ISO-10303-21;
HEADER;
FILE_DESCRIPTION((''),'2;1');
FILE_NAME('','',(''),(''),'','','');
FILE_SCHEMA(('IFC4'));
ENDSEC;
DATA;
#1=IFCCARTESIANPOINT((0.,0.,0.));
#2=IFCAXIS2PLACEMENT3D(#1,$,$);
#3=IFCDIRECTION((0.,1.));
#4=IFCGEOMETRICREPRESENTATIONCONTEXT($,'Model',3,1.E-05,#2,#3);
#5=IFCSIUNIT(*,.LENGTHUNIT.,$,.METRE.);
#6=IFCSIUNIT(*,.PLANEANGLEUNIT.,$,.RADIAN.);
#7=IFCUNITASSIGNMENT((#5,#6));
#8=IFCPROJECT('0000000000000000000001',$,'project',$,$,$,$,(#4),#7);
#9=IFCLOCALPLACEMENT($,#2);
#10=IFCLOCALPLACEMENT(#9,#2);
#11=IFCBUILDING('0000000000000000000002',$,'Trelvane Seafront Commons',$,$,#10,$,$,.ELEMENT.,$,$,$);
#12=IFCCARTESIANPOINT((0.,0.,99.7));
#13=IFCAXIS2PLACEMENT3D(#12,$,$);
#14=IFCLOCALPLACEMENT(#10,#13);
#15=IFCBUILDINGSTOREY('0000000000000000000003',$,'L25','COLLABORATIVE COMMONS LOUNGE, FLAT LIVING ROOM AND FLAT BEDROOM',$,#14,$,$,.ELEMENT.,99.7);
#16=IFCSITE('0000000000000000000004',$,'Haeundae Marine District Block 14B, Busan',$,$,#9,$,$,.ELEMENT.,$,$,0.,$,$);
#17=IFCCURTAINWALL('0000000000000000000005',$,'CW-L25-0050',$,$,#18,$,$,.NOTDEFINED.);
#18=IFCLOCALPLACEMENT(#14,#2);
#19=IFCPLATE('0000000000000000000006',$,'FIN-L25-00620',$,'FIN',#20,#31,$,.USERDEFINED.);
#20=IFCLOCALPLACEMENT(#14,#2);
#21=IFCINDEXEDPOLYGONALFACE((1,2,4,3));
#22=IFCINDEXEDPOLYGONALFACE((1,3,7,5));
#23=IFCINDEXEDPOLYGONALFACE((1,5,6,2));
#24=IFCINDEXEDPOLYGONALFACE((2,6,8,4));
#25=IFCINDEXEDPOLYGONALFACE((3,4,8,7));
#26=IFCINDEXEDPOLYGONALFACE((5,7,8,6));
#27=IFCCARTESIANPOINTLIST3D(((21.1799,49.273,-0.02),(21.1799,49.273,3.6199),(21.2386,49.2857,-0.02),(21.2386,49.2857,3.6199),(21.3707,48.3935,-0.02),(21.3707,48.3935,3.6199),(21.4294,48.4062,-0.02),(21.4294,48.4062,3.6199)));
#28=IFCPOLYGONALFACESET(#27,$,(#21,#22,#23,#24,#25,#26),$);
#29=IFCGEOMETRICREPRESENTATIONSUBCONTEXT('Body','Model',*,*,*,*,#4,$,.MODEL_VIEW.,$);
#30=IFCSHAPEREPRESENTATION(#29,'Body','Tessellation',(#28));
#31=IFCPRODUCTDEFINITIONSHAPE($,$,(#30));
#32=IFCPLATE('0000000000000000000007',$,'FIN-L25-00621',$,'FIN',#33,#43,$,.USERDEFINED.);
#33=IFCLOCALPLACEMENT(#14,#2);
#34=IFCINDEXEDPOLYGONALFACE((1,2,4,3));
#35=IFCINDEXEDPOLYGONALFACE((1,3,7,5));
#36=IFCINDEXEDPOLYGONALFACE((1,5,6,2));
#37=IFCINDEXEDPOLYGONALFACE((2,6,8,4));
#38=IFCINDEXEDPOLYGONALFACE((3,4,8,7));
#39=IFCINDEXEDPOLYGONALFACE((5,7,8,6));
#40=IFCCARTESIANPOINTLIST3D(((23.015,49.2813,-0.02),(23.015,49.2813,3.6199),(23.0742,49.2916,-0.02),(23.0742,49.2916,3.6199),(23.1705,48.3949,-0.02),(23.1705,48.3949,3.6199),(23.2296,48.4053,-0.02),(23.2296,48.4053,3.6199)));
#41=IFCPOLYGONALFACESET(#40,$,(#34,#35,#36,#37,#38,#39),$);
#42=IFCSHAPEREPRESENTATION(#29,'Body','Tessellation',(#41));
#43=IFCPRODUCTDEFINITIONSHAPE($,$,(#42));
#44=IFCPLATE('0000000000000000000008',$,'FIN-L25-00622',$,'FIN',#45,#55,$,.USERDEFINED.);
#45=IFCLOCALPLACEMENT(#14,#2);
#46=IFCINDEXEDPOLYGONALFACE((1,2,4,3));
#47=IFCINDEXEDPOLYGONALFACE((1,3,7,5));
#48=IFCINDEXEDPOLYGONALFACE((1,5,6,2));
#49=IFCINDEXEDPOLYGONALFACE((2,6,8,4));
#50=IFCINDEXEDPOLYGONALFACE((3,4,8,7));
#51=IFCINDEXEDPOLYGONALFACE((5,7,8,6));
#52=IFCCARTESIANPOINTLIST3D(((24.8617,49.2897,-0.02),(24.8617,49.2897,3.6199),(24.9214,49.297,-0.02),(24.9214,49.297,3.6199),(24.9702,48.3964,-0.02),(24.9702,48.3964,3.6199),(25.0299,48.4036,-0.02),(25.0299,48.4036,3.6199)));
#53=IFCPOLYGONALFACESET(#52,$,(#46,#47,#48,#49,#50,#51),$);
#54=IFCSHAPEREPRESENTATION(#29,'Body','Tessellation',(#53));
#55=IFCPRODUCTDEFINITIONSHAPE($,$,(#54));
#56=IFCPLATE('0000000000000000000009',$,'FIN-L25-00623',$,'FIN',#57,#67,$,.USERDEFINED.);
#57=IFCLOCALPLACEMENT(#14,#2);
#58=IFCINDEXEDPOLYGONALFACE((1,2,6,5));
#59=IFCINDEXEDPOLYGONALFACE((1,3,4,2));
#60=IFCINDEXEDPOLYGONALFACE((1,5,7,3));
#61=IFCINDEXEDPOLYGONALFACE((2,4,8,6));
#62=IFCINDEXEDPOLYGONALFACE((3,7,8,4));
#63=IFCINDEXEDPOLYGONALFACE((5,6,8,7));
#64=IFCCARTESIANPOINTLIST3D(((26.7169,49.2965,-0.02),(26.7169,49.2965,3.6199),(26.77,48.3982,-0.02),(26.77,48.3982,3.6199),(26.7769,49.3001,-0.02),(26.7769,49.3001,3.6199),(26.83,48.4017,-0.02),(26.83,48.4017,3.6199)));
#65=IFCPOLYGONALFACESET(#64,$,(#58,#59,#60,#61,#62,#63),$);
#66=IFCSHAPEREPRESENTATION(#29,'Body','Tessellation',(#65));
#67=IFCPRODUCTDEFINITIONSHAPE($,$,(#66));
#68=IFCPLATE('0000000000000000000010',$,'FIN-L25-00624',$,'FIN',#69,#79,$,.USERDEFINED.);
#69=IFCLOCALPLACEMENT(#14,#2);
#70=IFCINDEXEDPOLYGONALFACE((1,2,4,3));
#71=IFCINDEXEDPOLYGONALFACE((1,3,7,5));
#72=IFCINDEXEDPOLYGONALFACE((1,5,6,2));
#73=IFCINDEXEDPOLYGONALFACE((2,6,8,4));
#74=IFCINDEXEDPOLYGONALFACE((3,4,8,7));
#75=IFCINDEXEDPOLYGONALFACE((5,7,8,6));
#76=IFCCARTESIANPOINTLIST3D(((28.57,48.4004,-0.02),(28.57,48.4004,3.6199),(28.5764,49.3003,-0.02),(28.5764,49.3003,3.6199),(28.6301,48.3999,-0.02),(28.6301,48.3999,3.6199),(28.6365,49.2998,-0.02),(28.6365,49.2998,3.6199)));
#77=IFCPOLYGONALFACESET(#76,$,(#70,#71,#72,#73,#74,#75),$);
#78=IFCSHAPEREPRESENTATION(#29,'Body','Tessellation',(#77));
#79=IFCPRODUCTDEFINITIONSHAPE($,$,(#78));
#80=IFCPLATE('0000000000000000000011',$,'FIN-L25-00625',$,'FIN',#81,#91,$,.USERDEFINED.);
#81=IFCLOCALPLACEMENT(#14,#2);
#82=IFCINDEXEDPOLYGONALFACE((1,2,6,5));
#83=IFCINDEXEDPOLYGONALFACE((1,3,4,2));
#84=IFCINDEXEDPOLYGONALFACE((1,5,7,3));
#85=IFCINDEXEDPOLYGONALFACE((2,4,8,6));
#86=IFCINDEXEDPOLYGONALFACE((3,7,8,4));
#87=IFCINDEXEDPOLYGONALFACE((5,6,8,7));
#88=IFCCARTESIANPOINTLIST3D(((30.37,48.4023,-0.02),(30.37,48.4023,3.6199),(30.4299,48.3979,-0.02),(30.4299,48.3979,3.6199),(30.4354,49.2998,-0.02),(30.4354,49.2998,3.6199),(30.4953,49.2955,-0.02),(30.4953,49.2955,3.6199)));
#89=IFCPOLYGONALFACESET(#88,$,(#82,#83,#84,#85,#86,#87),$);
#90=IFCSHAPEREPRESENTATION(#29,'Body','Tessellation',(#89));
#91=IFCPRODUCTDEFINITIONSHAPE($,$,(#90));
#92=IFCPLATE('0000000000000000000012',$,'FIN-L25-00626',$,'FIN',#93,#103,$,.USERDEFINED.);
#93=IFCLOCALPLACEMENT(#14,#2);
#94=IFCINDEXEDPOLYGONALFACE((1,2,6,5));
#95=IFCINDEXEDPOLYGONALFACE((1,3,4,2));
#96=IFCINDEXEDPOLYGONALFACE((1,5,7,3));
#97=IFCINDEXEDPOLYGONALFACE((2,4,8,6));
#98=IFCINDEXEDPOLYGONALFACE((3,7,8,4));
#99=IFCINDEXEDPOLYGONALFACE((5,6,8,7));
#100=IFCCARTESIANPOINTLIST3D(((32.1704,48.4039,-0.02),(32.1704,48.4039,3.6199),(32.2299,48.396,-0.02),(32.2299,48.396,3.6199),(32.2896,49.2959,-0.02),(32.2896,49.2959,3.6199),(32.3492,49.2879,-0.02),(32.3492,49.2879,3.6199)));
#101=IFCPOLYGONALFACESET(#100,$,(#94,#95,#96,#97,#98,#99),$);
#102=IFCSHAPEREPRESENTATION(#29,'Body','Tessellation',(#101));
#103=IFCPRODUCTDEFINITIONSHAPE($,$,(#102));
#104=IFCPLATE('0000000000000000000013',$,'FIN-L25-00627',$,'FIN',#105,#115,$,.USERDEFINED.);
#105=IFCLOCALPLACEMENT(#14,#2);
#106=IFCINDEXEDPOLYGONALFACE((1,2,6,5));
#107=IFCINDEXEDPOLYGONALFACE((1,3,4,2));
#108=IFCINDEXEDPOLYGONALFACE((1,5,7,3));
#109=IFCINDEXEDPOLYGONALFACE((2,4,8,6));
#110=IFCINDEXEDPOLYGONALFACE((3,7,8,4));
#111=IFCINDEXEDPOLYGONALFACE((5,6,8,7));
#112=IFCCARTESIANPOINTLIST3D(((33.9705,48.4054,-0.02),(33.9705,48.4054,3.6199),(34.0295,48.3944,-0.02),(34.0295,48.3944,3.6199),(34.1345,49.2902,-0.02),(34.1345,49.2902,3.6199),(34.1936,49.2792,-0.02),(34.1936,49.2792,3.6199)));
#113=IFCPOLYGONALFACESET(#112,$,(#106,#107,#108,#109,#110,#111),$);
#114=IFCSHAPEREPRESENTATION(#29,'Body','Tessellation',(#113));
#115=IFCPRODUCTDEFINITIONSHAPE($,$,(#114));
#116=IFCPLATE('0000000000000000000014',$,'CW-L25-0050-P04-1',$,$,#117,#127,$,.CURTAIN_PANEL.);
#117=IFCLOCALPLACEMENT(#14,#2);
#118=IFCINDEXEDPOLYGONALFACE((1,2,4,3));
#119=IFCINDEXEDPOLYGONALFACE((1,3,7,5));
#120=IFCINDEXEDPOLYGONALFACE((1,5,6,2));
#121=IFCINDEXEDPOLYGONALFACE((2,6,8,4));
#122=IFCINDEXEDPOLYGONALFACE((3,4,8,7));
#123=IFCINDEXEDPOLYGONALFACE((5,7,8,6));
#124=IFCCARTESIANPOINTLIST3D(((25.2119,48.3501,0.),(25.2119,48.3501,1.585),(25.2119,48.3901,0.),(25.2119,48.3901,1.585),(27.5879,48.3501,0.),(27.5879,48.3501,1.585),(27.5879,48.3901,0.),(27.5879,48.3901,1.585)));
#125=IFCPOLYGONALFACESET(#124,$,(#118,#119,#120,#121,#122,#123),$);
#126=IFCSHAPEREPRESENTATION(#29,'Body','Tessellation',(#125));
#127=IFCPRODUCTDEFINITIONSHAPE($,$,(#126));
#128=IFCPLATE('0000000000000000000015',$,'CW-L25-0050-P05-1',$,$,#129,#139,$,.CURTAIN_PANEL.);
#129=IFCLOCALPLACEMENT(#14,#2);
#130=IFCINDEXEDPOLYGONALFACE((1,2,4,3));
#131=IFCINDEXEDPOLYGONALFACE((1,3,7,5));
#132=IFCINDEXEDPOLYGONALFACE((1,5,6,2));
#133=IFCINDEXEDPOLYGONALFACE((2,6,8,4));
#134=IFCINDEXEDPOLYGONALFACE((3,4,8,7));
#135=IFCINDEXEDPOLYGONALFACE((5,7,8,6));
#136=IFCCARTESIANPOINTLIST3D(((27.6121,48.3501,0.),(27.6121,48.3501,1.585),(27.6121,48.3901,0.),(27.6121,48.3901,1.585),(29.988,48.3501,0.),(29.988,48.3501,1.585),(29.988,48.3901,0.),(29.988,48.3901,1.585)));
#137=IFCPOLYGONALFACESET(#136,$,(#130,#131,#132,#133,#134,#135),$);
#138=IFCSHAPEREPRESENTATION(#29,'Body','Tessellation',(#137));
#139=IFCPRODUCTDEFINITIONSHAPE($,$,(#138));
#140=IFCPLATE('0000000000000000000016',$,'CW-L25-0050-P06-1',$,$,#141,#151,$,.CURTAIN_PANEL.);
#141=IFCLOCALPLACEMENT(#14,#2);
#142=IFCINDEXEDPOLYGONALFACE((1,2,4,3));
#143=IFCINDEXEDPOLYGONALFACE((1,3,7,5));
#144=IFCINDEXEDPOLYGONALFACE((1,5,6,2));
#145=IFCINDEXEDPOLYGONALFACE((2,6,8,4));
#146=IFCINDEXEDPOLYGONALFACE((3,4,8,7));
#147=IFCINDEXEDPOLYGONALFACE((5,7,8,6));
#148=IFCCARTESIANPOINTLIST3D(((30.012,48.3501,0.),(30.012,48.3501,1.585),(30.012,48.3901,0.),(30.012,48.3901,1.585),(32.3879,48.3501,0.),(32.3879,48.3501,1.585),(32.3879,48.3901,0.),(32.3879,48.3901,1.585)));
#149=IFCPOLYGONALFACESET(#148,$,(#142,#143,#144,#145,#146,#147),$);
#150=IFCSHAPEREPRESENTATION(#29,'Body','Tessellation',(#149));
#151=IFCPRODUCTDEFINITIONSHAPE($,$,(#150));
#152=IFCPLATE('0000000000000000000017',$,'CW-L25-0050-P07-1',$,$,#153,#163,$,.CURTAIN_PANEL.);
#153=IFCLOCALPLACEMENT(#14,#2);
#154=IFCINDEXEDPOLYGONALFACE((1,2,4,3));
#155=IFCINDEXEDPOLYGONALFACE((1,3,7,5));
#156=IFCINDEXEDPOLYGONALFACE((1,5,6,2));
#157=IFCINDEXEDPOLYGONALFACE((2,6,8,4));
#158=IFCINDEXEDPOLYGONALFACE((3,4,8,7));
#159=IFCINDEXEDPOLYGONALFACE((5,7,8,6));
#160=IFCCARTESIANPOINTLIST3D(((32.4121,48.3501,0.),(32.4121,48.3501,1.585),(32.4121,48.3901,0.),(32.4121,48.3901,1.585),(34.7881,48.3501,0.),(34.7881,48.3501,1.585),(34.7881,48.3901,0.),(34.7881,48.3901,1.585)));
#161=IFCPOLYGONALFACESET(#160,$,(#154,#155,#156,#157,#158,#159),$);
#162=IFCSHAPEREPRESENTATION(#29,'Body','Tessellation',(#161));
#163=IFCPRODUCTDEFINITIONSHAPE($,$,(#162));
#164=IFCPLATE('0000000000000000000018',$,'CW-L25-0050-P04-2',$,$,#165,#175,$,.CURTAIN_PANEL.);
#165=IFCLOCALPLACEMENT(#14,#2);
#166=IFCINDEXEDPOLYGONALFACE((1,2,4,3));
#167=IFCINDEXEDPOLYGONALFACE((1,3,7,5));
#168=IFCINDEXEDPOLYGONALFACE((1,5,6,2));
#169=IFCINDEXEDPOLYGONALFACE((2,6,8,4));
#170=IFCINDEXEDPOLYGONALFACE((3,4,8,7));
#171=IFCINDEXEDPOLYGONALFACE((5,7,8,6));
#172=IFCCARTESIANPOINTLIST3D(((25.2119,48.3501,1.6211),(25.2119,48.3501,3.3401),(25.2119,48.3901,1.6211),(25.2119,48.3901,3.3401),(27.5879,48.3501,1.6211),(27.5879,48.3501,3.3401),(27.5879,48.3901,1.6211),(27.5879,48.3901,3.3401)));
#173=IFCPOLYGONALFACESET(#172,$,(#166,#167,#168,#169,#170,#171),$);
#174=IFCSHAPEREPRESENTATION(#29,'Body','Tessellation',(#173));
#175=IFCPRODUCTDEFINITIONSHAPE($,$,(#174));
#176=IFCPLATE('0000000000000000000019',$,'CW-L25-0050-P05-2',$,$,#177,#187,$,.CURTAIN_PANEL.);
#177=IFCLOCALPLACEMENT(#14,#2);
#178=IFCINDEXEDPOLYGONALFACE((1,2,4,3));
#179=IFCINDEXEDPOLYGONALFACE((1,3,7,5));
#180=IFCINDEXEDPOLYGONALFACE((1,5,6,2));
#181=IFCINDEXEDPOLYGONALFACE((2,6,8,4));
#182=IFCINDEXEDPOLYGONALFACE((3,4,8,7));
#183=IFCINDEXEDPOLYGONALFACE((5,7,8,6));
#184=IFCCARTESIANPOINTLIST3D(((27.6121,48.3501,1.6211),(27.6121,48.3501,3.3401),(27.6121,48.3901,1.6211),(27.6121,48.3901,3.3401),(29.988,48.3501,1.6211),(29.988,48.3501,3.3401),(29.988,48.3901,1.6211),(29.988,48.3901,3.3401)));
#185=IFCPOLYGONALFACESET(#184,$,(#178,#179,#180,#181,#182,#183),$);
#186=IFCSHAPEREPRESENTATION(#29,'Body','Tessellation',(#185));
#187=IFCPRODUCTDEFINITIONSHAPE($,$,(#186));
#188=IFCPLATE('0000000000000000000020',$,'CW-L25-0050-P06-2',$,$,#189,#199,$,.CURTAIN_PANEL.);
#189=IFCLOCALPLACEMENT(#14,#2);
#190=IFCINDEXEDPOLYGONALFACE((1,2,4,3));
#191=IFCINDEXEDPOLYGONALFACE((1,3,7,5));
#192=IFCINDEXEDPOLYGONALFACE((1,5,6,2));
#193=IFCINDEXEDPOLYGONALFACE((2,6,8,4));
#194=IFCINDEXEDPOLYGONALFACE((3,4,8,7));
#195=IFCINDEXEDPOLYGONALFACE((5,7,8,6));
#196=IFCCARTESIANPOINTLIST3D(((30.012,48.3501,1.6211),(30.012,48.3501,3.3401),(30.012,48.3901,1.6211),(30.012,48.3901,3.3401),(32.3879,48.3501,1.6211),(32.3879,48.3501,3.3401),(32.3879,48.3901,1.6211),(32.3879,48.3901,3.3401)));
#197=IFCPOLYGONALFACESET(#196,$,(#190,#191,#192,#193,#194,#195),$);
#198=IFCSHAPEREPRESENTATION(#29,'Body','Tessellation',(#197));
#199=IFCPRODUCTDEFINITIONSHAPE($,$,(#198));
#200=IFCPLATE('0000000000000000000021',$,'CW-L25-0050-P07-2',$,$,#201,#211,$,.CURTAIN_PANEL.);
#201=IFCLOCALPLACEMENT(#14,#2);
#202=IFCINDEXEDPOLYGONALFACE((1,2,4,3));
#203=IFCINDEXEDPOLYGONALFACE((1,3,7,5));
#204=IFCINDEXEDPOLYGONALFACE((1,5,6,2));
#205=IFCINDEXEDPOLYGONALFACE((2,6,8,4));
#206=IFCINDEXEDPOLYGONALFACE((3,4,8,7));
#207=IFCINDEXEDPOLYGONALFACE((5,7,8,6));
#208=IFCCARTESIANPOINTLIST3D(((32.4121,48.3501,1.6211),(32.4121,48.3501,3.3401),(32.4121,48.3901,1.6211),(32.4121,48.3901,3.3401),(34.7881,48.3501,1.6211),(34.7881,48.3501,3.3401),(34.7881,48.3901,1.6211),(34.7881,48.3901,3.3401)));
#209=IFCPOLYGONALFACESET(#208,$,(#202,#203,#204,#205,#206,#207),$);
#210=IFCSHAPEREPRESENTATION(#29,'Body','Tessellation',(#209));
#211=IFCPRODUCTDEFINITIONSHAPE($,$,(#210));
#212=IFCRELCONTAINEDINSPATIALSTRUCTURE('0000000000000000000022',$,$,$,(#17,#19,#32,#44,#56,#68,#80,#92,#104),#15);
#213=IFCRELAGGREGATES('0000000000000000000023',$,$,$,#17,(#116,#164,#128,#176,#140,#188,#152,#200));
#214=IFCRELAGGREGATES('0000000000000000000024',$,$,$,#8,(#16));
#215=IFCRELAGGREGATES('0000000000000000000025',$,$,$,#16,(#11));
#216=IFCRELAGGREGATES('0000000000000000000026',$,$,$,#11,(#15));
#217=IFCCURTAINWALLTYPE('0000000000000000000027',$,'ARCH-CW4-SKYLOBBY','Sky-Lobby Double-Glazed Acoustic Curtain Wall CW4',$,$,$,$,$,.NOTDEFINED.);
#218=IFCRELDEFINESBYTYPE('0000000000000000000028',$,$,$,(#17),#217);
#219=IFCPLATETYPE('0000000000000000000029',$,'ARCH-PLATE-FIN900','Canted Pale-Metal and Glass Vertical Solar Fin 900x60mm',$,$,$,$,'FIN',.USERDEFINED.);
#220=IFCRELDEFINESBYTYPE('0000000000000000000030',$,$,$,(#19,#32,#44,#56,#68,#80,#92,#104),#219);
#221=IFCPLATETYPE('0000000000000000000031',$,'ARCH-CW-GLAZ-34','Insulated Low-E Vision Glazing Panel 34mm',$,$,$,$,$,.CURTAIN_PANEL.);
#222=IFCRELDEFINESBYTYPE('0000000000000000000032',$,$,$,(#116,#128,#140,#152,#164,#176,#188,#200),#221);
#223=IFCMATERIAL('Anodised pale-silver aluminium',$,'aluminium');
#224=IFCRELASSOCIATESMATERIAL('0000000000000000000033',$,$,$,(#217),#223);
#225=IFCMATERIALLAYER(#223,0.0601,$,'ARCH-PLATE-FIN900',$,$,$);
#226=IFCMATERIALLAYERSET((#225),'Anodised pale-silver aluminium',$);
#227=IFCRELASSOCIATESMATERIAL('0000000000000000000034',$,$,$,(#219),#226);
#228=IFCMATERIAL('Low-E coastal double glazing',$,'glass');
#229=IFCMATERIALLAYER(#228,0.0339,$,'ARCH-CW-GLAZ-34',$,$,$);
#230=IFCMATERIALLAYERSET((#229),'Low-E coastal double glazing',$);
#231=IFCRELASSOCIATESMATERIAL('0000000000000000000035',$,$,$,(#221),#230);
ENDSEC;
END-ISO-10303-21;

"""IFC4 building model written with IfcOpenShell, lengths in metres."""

from ifc_helpers import new_model, si_unit, direction, frame, origin, origin_2d, place, context, subcontext, project, spatial, rectangle, extrude, source, transform, mapped, material, layer, layer_set, type_object, element, aggregate, save


model = new_model("IFC4")

# Units and contexts
model_context = context("Model", 3, precision=1e-05, world=origin(), true_north=direction((0.0, 1.0)))
body_context = subcontext(model_context, "Body", "Model", "MODEL_VIEW")
ifc_project = project(units=[si_unit("LENGTHUNIT", "METRE"), si_unit("PLANEANGLEUNIT", "RADIAN")], contexts=[model_context])

# Site, building, storey
site_placement = place(None, origin())
site = spatial("IfcSite", under=ifc_project, at=site_placement, Name="Haeundae Marine District Block 14B, Busan", CompositionType="ELEMENT", RefElevation=0.0)
building_placement = place(site_placement, origin())
building = spatial("IfcBuilding", under=site, at=building_placement, Name="Trelvane Seafront Commons", CompositionType="ELEMENT")
storey_placement = place(building_placement, frame((0.0, 0.0, 99.7)))
storey = spatial("IfcBuildingStorey", under=building, at=storey_placement, Name="L25", Description="COLLABORATIVE COMMONS LOUNGE, FLAT LIVING ROOM AND FLAT BEDROOM", CompositionType="ELEMENT", Elevation=99.7)

# Curtain wall
ifc_material_1 = material(Name="Anodised pale-silver aluminium", Category="aluminium")
curtain_wall_type = type_object("IfcCurtainWallType", Name="ARCH-CW4-SKYLOBBY", Description="Sky-Lobby Double-Glazed Acoustic Curtain Wall CW4", PredefinedType="NOTDEFINED", material=ifc_material_1)
curtain_wall_placement = place(storey_placement, origin())
curtain_wall = element("IfcCurtainWall", 1, at=curtain_wall_placement, inside=storey, type_object=curtain_wall_type, Name="CW-L25-0050", PredefinedType="NOTDEFINED")

# Plates
ifc_layer_1 = layer(ifc_material_1, 0.0601, Name="ARCH-PLATE-FIN900")
ifc_layer_set_1 = layer_set([ifc_layer_1], Name="Anodised pale-silver aluminium")
plate_type_1 = type_object("IfcPlateType", Name="ARCH-PLATE-FIN900", Description="Canted Pale-Metal and Glass Vertical Solar Fin 900x60mm", ElementType="FIN", PredefinedType="USERDEFINED", material=ifc_layer_set_1)
shared_shape_1 = source(origin(), body_context, "Body", "SweptSolid", [
    extrude(rectangle(XDim=0.8999, YDim=0.0601, at=origin_2d()), origin(), (0.0, 0.0, 1.0), 3.6399),
])
for number, where, z_axis, x_axis, name in (
    (2, (21.3047, 48.8396, -0.02), (0.0, 0.0, 1.0), (-0.212011, 0.977267, 0.0), "FIN-L25-00620"),
    (3, (23.1223, 48.8433, -0.02), (0.0, 0.0, 1.0), (-0.172772, 0.984962, 0.0), "FIN-L25-00621"),
    (4, (24.9458, 48.8467, -0.02), (0.0, 0.0, 1.0), (-0.12056, 0.992706, 0.0), "FIN-L25-00622"),
    (5, (26.7734, 48.8491, -0.02), (0.0, 0.0, 1.0), (-0.059001, 0.998258, 0.0), "FIN-L25-00623"),
    (6, (28.6033, 48.8501, -0.02), (0.0, 0.0, 1.0), (0.00711, 0.999975, 0.0), "FIN-L25-00624"),
    (7, (30.4326, 48.8489, -0.02), (0.0, 0.0, 1.0), (0.072669, 0.997356, 0.0), "FIN-L25-00625"),
    (8, (32.2598, 48.8459, -0.02), (0.0, 0.0, 1.0), (0.132549, 0.991176, 0.0), "FIN-L25-00626"),
    (9, (34.082, 48.8423, -0.02), (0.0, 0.0, 1.0), (0.182337, 0.983236, 0.0), "FIN-L25-00627"),
):
    element("IfcPlate", number, at=place(storey_placement, frame(where, z_axis=z_axis, x_axis=x_axis)), inside=storey, type_object=plate_type_1, Name=name, ObjectType="FIN", PredefinedType="USERDEFINED", context=body_context, shape_type="MappedRepresentation", body=[
        mapped(shared_shape_1, transform((0.0, 0.0, 0.0), x_axis=(1.0, 0.0, 0.0), y_axis=(0.0, 1.0, 0.0), z_axis=(0.0, 0.0, 1.0), scale=1.0)),
    ])

# Plates
ifc_material_2 = material(Name="Low-E coastal double glazing", Category="glass")
ifc_layer_2 = layer(ifc_material_2, 0.0339, Name="ARCH-CW-GLAZ-34")
ifc_layer_set_2 = layer_set([ifc_layer_2], Name="Low-E coastal double glazing")
plate_type_2 = type_object("IfcPlateType", Name="ARCH-CW-GLAZ-34", Description="Insulated Low-E Vision Glazing Panel 34mm", PredefinedType="CURTAIN_PANEL", material=ifc_layer_set_2)
shared_shape_2 = source(origin(), body_context, "Body", "SweptSolid", [
    extrude(rectangle(XDim=2.376, YDim=0.04, at=origin_2d()), origin(), (0.0, 0.0, 1.0), 1.585),
])
plate_1_placement = place(storey_placement, frame((26.3999, 48.3701, 0.0), z_axis=(0.0, 0.0, 1.0), x_axis=(1.0, 0.0, 0.0)))
plate_1 = element("IfcPlate", 10, at=plate_1_placement, type_object=plate_type_2, Name="CW-L25-0050-P04-1", PredefinedType="CURTAIN_PANEL", context=body_context, shape_type="MappedRepresentation", body=[
    mapped(shared_shape_2, transform((0.0, 0.0, 0.0), x_axis=(1.0, 0.0, 0.0), y_axis=(0.0, 1.0, 0.0), z_axis=(0.0, 0.0, 1.0), scale=1.0)),
])
plate_2_placement = place(storey_placement, frame((28.8, 48.3701, 0.0), z_axis=(0.0, 0.0, 1.0), x_axis=(1.0, 0.0, 0.0)))
plate_2 = element("IfcPlate", 11, at=plate_2_placement, type_object=plate_type_2, Name="CW-L25-0050-P05-1", PredefinedType="CURTAIN_PANEL", context=body_context, shape_type="MappedRepresentation", body=[
    mapped(shared_shape_2, transform((0.0, 0.0, 0.0), x_axis=(1.0, 0.0, 0.0), y_axis=(0.0, 1.0, 0.0), z_axis=(0.0, 0.0, 1.0), scale=1.0)),
])
plate_3_placement = place(storey_placement, frame((31.2, 48.3701, 0.0), z_axis=(0.0, 0.0, 1.0), x_axis=(1.0, 0.0, 0.0)))
plate_3 = element("IfcPlate", 12, at=plate_3_placement, type_object=plate_type_2, Name="CW-L25-0050-P06-1", PredefinedType="CURTAIN_PANEL", context=body_context, shape_type="MappedRepresentation", body=[
    mapped(shared_shape_2, transform((0.0, 0.0, 0.0), x_axis=(1.0, 0.0, 0.0), y_axis=(0.0, 1.0, 0.0), z_axis=(0.0, 0.0, 1.0), scale=1.0)),
])
plate_4_placement = place(storey_placement, frame((33.6001, 48.3701, 0.0), z_axis=(0.0, 0.0, 1.0), x_axis=(1.0, 0.0, 0.0)))
plate_4 = element("IfcPlate", 13, at=plate_4_placement, type_object=plate_type_2, Name="CW-L25-0050-P07-1", PredefinedType="CURTAIN_PANEL", context=body_context, shape_type="MappedRepresentation", body=[
    mapped(shared_shape_2, transform((0.0, 0.0, 0.0), x_axis=(1.0, 0.0, 0.0), y_axis=(0.0, 1.0, 0.0), z_axis=(0.0, 0.0, 1.0), scale=1.0)),
])
shared_shape_3 = source(origin(), body_context, "Body", "SweptSolid", [
    extrude(rectangle(XDim=2.376, YDim=0.04, at=origin_2d()), origin(), (0.0, 0.0, 1.0), 1.719),
])
plate_5_placement = place(storey_placement, frame((26.3999, 48.3701, 1.6211), z_axis=(0.0, 0.0, 1.0), x_axis=(1.0, 0.0, 0.0)))
plate_5 = element("IfcPlate", 14, at=plate_5_placement, type_object=plate_type_2, Name="CW-L25-0050-P04-2", PredefinedType="CURTAIN_PANEL", context=body_context, shape_type="MappedRepresentation", body=[
    mapped(shared_shape_3, transform((0.0, 0.0, 0.0), x_axis=(1.0, 0.0, 0.0), y_axis=(0.0, 1.0, 0.0), z_axis=(0.0, 0.0, 1.0), scale=1.0)),
])
plate_6_placement = place(storey_placement, frame((28.8, 48.3701, 1.6211), z_axis=(0.0, 0.0, 1.0), x_axis=(1.0, 0.0, 0.0)))
plate_6 = element("IfcPlate", 15, at=plate_6_placement, type_object=plate_type_2, Name="CW-L25-0050-P05-2", PredefinedType="CURTAIN_PANEL", context=body_context, shape_type="MappedRepresentation", body=[
    mapped(shared_shape_3, transform((0.0, 0.0, 0.0), x_axis=(1.0, 0.0, 0.0), y_axis=(0.0, 1.0, 0.0), z_axis=(0.0, 0.0, 1.0), scale=1.0)),
])
plate_7_placement = place(storey_placement, frame((31.2, 48.3701, 1.6211), z_axis=(0.0, 0.0, 1.0), x_axis=(1.0, 0.0, 0.0)))
plate_7 = element("IfcPlate", 16, at=plate_7_placement, type_object=plate_type_2, Name="CW-L25-0050-P06-2", PredefinedType="CURTAIN_PANEL", context=body_context, shape_type="MappedRepresentation", body=[
    mapped(shared_shape_3, transform((0.0, 0.0, 0.0), x_axis=(1.0, 0.0, 0.0), y_axis=(0.0, 1.0, 0.0), z_axis=(0.0, 0.0, 1.0), scale=1.0)),
])
plate_8_placement = place(storey_placement, frame((33.6001, 48.3701, 1.6211), z_axis=(0.0, 0.0, 1.0), x_axis=(1.0, 0.0, 0.0)))
plate_8 = element("IfcPlate", 17, at=plate_8_placement, type_object=plate_type_2, Name="CW-L25-0050-P07-2", PredefinedType="CURTAIN_PANEL", context=body_context, shape_type="MappedRepresentation", body=[
    mapped(shared_shape_3, transform((0.0, 0.0, 0.0), x_axis=(1.0, 0.0, 0.0), y_axis=(0.0, 1.0, 0.0), z_axis=(0.0, 0.0, 1.0), scale=1.0)),
])
aggregate(curtain_wall, [plate_1, plate_5, plate_2, plate_6, plate_3, plate_7, plate_4, plate_8])

save(model, "model.ifc")
